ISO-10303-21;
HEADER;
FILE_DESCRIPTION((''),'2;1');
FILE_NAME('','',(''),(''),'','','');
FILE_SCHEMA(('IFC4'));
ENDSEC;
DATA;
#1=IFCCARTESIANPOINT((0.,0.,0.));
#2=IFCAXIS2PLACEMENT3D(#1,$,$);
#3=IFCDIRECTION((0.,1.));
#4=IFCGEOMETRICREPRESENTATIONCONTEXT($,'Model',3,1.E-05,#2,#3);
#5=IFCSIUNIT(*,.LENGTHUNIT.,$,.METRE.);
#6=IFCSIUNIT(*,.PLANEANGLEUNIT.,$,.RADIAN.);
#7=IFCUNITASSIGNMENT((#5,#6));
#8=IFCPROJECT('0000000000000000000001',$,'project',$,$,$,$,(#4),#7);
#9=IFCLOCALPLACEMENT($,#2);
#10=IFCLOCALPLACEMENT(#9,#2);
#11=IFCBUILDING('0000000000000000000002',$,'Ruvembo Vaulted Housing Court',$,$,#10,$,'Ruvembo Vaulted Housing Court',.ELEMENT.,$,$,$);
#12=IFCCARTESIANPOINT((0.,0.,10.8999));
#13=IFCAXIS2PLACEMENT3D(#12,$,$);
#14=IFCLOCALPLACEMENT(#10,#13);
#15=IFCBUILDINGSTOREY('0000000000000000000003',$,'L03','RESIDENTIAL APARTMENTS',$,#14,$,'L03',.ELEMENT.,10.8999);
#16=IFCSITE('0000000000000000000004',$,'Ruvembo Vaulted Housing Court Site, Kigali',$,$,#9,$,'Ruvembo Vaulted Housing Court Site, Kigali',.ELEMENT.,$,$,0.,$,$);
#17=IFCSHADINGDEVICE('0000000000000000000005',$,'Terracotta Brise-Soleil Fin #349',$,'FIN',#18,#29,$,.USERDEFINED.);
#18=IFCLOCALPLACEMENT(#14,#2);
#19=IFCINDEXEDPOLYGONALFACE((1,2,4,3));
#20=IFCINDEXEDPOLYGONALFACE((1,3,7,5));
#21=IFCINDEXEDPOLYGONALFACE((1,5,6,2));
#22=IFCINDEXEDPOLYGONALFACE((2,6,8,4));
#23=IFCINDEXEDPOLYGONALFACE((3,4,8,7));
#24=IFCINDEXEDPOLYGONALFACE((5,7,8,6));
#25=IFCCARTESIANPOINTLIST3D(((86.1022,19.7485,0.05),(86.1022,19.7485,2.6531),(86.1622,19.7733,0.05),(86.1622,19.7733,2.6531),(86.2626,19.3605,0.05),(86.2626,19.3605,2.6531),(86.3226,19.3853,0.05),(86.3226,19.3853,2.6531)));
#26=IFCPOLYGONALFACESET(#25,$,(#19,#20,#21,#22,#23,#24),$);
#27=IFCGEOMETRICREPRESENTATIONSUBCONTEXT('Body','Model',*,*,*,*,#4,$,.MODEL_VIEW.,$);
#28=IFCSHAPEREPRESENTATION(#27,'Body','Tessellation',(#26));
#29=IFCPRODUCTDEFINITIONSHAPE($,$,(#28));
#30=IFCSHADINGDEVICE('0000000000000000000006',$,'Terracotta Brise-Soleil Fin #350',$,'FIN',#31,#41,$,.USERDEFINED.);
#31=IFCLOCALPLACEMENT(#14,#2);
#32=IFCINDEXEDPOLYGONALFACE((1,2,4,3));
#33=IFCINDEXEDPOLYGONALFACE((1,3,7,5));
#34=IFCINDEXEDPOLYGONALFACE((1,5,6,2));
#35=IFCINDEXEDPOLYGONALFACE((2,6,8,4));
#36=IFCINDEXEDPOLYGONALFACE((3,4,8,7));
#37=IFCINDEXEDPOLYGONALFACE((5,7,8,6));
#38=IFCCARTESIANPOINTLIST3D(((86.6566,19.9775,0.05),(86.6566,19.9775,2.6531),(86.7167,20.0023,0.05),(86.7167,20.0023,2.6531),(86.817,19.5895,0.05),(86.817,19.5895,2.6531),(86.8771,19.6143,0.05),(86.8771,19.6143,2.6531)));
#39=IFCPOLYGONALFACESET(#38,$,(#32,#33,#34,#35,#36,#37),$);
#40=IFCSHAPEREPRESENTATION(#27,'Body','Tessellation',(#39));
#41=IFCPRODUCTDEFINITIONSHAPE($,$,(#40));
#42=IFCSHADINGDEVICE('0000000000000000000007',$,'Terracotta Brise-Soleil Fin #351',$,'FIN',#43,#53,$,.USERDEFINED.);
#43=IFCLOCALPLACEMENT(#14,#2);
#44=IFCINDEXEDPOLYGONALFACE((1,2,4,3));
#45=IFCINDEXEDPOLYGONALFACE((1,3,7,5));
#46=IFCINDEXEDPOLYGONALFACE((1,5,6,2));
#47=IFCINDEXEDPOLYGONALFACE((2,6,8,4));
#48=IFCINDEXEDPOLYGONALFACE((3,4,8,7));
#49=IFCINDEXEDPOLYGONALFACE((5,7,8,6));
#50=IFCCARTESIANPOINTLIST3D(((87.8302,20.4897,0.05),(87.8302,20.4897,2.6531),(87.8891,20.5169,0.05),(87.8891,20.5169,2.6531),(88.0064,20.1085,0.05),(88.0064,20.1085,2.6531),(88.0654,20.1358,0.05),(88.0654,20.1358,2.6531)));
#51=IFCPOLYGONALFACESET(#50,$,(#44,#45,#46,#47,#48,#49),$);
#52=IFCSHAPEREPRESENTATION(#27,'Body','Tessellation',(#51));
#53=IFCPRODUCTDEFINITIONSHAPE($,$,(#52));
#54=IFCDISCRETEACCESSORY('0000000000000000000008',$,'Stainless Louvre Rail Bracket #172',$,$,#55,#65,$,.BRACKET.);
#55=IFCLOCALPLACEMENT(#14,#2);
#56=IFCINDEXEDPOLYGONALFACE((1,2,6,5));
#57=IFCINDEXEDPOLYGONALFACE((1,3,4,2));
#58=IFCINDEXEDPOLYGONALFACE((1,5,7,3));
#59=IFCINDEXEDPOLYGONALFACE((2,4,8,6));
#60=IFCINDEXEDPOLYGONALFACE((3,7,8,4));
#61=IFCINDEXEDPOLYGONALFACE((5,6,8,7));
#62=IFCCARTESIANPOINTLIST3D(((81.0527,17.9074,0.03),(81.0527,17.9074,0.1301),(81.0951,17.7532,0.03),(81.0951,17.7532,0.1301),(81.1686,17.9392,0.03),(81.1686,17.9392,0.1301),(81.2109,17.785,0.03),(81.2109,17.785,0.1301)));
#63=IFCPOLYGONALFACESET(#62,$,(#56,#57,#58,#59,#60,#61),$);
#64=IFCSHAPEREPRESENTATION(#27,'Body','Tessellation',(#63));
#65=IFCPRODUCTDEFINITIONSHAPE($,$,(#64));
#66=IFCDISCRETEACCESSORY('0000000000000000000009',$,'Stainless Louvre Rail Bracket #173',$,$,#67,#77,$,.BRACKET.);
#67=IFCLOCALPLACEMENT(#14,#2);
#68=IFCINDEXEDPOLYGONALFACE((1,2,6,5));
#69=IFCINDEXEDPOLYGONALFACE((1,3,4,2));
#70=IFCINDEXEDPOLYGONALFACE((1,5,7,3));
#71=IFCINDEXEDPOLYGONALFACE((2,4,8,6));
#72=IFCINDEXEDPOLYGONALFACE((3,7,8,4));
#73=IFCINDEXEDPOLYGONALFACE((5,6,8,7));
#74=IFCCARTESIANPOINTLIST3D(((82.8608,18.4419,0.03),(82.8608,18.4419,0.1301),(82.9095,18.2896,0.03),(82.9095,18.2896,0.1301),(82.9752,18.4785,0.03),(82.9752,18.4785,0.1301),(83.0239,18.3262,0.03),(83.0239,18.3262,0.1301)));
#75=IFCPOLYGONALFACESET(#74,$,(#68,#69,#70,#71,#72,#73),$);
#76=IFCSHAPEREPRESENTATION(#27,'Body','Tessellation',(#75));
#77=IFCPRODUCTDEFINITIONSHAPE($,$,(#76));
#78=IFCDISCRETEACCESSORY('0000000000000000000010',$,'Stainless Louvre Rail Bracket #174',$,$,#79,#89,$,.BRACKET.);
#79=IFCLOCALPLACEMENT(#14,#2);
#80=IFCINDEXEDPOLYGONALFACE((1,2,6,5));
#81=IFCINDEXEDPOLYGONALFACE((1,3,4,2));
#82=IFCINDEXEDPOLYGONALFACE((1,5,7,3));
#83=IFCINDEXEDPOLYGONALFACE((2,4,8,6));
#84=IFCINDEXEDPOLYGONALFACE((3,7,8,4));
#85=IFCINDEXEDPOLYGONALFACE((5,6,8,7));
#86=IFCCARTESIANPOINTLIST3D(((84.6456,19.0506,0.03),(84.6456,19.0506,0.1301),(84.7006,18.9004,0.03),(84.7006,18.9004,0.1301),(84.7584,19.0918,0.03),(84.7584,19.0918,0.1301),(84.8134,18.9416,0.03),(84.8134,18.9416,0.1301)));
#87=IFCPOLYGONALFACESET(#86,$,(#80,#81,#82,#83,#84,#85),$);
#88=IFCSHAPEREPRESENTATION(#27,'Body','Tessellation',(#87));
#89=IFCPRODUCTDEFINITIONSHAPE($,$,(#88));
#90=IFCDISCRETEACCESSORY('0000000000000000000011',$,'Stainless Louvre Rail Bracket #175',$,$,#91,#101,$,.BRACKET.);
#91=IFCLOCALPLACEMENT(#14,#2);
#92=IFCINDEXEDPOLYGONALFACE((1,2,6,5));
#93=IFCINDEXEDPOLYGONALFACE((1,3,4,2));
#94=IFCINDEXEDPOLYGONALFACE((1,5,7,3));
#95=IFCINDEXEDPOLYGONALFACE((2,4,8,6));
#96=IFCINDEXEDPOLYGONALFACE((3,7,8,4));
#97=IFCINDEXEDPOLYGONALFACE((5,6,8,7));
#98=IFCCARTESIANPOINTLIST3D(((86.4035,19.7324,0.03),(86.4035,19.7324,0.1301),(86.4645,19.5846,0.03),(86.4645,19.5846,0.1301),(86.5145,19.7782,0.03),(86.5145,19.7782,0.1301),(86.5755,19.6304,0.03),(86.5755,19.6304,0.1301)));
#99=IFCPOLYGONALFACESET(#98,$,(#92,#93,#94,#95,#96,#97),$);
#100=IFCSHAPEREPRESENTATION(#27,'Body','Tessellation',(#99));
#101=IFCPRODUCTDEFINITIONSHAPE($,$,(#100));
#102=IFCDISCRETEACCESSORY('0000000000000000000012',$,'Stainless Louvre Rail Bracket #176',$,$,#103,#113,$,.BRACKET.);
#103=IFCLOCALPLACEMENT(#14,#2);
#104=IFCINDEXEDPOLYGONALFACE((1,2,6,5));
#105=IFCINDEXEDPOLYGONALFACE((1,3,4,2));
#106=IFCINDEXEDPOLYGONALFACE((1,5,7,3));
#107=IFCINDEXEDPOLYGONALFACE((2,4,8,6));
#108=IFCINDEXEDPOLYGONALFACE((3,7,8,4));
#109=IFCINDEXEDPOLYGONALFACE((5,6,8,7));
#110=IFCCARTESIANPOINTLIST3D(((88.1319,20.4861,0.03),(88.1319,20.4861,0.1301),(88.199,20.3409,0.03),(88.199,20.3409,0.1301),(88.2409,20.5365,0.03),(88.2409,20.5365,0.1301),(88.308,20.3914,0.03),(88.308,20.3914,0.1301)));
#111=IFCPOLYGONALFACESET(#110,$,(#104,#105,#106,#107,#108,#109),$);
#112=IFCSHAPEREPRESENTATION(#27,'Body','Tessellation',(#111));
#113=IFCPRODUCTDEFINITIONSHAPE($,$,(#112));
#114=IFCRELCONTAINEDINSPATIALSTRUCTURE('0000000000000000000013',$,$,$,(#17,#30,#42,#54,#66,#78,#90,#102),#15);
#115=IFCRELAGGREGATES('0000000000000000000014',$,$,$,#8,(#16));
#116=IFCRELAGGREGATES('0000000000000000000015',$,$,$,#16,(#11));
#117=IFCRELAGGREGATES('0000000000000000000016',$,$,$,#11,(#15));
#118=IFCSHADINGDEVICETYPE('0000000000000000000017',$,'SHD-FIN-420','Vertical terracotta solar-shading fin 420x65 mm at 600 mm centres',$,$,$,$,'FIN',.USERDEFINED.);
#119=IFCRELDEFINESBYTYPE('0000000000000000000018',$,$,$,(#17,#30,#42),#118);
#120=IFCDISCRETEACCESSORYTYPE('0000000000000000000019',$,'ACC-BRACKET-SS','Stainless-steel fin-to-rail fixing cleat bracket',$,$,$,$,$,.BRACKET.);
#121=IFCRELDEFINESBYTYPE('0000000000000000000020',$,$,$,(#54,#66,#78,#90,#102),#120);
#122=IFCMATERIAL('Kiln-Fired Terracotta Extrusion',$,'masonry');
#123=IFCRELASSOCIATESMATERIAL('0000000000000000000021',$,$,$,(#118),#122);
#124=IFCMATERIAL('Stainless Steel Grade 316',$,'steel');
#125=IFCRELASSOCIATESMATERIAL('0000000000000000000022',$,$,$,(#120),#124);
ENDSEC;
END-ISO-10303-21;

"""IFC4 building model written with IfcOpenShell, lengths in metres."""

from ifc_helpers import new_model, si_unit, direction, frame, origin, origin_2d, place, context, subcontext, project, spatial, rectangle, extrude, material, type_object, element, save


model = new_model("IFC4")

# Units and contexts
model_context = context("Model", 3, precision=1e-05, world=origin(), true_north=direction((0.0, 1.0)))
body_context = subcontext(model_context, "Body", "Model", "MODEL_VIEW")
ifc_project = project(units=[si_unit("LENGTHUNIT", "METRE"), si_unit("PLANEANGLEUNIT", "RADIAN")], contexts=[model_context])

# Site, building, storey
site_placement = place(None, origin())
site = spatial("IfcSite", under=ifc_project, at=site_placement, Name="Ruvembo Vaulted Housing Court Site, Kigali", LongName="Ruvembo Vaulted Housing Court Site, Kigali", CompositionType="ELEMENT", RefElevation=0.0)
building_placement = place(site_placement, origin())
building = spatial("IfcBuilding", under=site, at=building_placement, Name="Ruvembo Vaulted Housing Court", LongName="Ruvembo Vaulted Housing Court", CompositionType="ELEMENT")
storey_placement = place(building_placement, frame((0.0, 0.0, 10.8999)))
storey = spatial("IfcBuildingStorey", under=building, at=storey_placement, Name="L03", Description="RESIDENTIAL APARTMENTS", LongName="L03", CompositionType="ELEMENT", Elevation=10.8999)

# Shading devices
ifc_material_1 = material(Name="Kiln-Fired Terracotta Extrusion", Category="masonry")
shading_device_type = type_object("IfcShadingDeviceType", Name="SHD-FIN-420", Description="Vertical terracotta solar-shading fin 420x65 mm at 600 mm centres", ElementType="FIN", PredefinedType="USERDEFINED", material=ifc_material_1)
for number, where, z_axis, x_axis, name in (
    (1, (86.2124, 19.5669, 0.05), (0.0, 0.0, 1.0), (0.381958, -0.92418, 0.0), "Terracotta Brise-Soleil Fin #349"),
    (2, (86.7668, 19.7959, 0.05), (0.0, 0.0, 1.0), (0.381958, -0.92418, 0.0), "Terracotta Brise-Soleil Fin #350"),
    (3, (87.9478, 20.3127, 0.05), (0.0, 0.0, 1.0), (0.419737, -0.907646, 0.0), "Terracotta Brise-Soleil Fin #351"),
):
    element("IfcShadingDevice", number, at=place(storey_placement, frame(where, z_axis=z_axis, x_axis=x_axis)), inside=storey, type_object=shading_device_type, Name=name, ObjectType="FIN", PredefinedType="USERDEFINED", context=body_context, shape_type="SweptSolid", body=[
        extrude(rectangle(XDim=0.4199, YDim=0.0649, at=origin_2d()), origin(), (0.0, 0.0, 1.0), 2.603),
    ])

# Discrete accessories
ifc_material_2 = material(Name="Stainless Steel Grade 316", Category="steel")
discrete_accessory_type = type_object("IfcDiscreteAccessoryType", Name="ACC-BRACKET-SS", Description="Stainless-steel fin-to-rail fixing cleat bracket", PredefinedType="BRACKET", material=ifc_material_2)
for number, where, z_axis, x_axis, name in (
    (4, (81.1318, 17.8462, 0.03), (0.0, 0.0, 1.0), (0.264984, -0.964253, 0.0), "Stainless Louvre Rail Bracket #172"),
    (5, (82.9424, 18.384, 0.03), (0.0, 0.0, 1.0), (0.304449, -0.952529, 0.0), "Stainless Louvre Rail Bracket #173"),
    (6, (84.7295, 18.9961, 0.03), (0.0, 0.0, 1.0), (0.343512, -0.939148, 0.0), "Stainless Louvre Rail Bracket #174"),
    (7, (86.4895, 19.6814, 0.03), (0.0, 0.0, 1.0), (0.381958, -0.92418, 0.0), "Stainless Louvre Rail Bracket #175"),
    (8, (88.22, 20.4387, 0.03), (0.0, 0.0, 1.0), (0.419737, -0.907646, 0.0), "Stainless Louvre Rail Bracket #176"),
):
    element("IfcDiscreteAccessory", number, at=place(storey_placement, frame(where, z_axis=z_axis, x_axis=x_axis)), inside=storey, type_object=discrete_accessory_type, Name=name, PredefinedType="BRACKET", context=body_context, shape_type="SweptSolid", body=[
        extrude(rectangle(XDim=0.1599, YDim=0.1201, at=origin_2d()), origin(), (0.0, 0.0, 1.0), 0.1001),
    ])

save(model, "model.ifc")
